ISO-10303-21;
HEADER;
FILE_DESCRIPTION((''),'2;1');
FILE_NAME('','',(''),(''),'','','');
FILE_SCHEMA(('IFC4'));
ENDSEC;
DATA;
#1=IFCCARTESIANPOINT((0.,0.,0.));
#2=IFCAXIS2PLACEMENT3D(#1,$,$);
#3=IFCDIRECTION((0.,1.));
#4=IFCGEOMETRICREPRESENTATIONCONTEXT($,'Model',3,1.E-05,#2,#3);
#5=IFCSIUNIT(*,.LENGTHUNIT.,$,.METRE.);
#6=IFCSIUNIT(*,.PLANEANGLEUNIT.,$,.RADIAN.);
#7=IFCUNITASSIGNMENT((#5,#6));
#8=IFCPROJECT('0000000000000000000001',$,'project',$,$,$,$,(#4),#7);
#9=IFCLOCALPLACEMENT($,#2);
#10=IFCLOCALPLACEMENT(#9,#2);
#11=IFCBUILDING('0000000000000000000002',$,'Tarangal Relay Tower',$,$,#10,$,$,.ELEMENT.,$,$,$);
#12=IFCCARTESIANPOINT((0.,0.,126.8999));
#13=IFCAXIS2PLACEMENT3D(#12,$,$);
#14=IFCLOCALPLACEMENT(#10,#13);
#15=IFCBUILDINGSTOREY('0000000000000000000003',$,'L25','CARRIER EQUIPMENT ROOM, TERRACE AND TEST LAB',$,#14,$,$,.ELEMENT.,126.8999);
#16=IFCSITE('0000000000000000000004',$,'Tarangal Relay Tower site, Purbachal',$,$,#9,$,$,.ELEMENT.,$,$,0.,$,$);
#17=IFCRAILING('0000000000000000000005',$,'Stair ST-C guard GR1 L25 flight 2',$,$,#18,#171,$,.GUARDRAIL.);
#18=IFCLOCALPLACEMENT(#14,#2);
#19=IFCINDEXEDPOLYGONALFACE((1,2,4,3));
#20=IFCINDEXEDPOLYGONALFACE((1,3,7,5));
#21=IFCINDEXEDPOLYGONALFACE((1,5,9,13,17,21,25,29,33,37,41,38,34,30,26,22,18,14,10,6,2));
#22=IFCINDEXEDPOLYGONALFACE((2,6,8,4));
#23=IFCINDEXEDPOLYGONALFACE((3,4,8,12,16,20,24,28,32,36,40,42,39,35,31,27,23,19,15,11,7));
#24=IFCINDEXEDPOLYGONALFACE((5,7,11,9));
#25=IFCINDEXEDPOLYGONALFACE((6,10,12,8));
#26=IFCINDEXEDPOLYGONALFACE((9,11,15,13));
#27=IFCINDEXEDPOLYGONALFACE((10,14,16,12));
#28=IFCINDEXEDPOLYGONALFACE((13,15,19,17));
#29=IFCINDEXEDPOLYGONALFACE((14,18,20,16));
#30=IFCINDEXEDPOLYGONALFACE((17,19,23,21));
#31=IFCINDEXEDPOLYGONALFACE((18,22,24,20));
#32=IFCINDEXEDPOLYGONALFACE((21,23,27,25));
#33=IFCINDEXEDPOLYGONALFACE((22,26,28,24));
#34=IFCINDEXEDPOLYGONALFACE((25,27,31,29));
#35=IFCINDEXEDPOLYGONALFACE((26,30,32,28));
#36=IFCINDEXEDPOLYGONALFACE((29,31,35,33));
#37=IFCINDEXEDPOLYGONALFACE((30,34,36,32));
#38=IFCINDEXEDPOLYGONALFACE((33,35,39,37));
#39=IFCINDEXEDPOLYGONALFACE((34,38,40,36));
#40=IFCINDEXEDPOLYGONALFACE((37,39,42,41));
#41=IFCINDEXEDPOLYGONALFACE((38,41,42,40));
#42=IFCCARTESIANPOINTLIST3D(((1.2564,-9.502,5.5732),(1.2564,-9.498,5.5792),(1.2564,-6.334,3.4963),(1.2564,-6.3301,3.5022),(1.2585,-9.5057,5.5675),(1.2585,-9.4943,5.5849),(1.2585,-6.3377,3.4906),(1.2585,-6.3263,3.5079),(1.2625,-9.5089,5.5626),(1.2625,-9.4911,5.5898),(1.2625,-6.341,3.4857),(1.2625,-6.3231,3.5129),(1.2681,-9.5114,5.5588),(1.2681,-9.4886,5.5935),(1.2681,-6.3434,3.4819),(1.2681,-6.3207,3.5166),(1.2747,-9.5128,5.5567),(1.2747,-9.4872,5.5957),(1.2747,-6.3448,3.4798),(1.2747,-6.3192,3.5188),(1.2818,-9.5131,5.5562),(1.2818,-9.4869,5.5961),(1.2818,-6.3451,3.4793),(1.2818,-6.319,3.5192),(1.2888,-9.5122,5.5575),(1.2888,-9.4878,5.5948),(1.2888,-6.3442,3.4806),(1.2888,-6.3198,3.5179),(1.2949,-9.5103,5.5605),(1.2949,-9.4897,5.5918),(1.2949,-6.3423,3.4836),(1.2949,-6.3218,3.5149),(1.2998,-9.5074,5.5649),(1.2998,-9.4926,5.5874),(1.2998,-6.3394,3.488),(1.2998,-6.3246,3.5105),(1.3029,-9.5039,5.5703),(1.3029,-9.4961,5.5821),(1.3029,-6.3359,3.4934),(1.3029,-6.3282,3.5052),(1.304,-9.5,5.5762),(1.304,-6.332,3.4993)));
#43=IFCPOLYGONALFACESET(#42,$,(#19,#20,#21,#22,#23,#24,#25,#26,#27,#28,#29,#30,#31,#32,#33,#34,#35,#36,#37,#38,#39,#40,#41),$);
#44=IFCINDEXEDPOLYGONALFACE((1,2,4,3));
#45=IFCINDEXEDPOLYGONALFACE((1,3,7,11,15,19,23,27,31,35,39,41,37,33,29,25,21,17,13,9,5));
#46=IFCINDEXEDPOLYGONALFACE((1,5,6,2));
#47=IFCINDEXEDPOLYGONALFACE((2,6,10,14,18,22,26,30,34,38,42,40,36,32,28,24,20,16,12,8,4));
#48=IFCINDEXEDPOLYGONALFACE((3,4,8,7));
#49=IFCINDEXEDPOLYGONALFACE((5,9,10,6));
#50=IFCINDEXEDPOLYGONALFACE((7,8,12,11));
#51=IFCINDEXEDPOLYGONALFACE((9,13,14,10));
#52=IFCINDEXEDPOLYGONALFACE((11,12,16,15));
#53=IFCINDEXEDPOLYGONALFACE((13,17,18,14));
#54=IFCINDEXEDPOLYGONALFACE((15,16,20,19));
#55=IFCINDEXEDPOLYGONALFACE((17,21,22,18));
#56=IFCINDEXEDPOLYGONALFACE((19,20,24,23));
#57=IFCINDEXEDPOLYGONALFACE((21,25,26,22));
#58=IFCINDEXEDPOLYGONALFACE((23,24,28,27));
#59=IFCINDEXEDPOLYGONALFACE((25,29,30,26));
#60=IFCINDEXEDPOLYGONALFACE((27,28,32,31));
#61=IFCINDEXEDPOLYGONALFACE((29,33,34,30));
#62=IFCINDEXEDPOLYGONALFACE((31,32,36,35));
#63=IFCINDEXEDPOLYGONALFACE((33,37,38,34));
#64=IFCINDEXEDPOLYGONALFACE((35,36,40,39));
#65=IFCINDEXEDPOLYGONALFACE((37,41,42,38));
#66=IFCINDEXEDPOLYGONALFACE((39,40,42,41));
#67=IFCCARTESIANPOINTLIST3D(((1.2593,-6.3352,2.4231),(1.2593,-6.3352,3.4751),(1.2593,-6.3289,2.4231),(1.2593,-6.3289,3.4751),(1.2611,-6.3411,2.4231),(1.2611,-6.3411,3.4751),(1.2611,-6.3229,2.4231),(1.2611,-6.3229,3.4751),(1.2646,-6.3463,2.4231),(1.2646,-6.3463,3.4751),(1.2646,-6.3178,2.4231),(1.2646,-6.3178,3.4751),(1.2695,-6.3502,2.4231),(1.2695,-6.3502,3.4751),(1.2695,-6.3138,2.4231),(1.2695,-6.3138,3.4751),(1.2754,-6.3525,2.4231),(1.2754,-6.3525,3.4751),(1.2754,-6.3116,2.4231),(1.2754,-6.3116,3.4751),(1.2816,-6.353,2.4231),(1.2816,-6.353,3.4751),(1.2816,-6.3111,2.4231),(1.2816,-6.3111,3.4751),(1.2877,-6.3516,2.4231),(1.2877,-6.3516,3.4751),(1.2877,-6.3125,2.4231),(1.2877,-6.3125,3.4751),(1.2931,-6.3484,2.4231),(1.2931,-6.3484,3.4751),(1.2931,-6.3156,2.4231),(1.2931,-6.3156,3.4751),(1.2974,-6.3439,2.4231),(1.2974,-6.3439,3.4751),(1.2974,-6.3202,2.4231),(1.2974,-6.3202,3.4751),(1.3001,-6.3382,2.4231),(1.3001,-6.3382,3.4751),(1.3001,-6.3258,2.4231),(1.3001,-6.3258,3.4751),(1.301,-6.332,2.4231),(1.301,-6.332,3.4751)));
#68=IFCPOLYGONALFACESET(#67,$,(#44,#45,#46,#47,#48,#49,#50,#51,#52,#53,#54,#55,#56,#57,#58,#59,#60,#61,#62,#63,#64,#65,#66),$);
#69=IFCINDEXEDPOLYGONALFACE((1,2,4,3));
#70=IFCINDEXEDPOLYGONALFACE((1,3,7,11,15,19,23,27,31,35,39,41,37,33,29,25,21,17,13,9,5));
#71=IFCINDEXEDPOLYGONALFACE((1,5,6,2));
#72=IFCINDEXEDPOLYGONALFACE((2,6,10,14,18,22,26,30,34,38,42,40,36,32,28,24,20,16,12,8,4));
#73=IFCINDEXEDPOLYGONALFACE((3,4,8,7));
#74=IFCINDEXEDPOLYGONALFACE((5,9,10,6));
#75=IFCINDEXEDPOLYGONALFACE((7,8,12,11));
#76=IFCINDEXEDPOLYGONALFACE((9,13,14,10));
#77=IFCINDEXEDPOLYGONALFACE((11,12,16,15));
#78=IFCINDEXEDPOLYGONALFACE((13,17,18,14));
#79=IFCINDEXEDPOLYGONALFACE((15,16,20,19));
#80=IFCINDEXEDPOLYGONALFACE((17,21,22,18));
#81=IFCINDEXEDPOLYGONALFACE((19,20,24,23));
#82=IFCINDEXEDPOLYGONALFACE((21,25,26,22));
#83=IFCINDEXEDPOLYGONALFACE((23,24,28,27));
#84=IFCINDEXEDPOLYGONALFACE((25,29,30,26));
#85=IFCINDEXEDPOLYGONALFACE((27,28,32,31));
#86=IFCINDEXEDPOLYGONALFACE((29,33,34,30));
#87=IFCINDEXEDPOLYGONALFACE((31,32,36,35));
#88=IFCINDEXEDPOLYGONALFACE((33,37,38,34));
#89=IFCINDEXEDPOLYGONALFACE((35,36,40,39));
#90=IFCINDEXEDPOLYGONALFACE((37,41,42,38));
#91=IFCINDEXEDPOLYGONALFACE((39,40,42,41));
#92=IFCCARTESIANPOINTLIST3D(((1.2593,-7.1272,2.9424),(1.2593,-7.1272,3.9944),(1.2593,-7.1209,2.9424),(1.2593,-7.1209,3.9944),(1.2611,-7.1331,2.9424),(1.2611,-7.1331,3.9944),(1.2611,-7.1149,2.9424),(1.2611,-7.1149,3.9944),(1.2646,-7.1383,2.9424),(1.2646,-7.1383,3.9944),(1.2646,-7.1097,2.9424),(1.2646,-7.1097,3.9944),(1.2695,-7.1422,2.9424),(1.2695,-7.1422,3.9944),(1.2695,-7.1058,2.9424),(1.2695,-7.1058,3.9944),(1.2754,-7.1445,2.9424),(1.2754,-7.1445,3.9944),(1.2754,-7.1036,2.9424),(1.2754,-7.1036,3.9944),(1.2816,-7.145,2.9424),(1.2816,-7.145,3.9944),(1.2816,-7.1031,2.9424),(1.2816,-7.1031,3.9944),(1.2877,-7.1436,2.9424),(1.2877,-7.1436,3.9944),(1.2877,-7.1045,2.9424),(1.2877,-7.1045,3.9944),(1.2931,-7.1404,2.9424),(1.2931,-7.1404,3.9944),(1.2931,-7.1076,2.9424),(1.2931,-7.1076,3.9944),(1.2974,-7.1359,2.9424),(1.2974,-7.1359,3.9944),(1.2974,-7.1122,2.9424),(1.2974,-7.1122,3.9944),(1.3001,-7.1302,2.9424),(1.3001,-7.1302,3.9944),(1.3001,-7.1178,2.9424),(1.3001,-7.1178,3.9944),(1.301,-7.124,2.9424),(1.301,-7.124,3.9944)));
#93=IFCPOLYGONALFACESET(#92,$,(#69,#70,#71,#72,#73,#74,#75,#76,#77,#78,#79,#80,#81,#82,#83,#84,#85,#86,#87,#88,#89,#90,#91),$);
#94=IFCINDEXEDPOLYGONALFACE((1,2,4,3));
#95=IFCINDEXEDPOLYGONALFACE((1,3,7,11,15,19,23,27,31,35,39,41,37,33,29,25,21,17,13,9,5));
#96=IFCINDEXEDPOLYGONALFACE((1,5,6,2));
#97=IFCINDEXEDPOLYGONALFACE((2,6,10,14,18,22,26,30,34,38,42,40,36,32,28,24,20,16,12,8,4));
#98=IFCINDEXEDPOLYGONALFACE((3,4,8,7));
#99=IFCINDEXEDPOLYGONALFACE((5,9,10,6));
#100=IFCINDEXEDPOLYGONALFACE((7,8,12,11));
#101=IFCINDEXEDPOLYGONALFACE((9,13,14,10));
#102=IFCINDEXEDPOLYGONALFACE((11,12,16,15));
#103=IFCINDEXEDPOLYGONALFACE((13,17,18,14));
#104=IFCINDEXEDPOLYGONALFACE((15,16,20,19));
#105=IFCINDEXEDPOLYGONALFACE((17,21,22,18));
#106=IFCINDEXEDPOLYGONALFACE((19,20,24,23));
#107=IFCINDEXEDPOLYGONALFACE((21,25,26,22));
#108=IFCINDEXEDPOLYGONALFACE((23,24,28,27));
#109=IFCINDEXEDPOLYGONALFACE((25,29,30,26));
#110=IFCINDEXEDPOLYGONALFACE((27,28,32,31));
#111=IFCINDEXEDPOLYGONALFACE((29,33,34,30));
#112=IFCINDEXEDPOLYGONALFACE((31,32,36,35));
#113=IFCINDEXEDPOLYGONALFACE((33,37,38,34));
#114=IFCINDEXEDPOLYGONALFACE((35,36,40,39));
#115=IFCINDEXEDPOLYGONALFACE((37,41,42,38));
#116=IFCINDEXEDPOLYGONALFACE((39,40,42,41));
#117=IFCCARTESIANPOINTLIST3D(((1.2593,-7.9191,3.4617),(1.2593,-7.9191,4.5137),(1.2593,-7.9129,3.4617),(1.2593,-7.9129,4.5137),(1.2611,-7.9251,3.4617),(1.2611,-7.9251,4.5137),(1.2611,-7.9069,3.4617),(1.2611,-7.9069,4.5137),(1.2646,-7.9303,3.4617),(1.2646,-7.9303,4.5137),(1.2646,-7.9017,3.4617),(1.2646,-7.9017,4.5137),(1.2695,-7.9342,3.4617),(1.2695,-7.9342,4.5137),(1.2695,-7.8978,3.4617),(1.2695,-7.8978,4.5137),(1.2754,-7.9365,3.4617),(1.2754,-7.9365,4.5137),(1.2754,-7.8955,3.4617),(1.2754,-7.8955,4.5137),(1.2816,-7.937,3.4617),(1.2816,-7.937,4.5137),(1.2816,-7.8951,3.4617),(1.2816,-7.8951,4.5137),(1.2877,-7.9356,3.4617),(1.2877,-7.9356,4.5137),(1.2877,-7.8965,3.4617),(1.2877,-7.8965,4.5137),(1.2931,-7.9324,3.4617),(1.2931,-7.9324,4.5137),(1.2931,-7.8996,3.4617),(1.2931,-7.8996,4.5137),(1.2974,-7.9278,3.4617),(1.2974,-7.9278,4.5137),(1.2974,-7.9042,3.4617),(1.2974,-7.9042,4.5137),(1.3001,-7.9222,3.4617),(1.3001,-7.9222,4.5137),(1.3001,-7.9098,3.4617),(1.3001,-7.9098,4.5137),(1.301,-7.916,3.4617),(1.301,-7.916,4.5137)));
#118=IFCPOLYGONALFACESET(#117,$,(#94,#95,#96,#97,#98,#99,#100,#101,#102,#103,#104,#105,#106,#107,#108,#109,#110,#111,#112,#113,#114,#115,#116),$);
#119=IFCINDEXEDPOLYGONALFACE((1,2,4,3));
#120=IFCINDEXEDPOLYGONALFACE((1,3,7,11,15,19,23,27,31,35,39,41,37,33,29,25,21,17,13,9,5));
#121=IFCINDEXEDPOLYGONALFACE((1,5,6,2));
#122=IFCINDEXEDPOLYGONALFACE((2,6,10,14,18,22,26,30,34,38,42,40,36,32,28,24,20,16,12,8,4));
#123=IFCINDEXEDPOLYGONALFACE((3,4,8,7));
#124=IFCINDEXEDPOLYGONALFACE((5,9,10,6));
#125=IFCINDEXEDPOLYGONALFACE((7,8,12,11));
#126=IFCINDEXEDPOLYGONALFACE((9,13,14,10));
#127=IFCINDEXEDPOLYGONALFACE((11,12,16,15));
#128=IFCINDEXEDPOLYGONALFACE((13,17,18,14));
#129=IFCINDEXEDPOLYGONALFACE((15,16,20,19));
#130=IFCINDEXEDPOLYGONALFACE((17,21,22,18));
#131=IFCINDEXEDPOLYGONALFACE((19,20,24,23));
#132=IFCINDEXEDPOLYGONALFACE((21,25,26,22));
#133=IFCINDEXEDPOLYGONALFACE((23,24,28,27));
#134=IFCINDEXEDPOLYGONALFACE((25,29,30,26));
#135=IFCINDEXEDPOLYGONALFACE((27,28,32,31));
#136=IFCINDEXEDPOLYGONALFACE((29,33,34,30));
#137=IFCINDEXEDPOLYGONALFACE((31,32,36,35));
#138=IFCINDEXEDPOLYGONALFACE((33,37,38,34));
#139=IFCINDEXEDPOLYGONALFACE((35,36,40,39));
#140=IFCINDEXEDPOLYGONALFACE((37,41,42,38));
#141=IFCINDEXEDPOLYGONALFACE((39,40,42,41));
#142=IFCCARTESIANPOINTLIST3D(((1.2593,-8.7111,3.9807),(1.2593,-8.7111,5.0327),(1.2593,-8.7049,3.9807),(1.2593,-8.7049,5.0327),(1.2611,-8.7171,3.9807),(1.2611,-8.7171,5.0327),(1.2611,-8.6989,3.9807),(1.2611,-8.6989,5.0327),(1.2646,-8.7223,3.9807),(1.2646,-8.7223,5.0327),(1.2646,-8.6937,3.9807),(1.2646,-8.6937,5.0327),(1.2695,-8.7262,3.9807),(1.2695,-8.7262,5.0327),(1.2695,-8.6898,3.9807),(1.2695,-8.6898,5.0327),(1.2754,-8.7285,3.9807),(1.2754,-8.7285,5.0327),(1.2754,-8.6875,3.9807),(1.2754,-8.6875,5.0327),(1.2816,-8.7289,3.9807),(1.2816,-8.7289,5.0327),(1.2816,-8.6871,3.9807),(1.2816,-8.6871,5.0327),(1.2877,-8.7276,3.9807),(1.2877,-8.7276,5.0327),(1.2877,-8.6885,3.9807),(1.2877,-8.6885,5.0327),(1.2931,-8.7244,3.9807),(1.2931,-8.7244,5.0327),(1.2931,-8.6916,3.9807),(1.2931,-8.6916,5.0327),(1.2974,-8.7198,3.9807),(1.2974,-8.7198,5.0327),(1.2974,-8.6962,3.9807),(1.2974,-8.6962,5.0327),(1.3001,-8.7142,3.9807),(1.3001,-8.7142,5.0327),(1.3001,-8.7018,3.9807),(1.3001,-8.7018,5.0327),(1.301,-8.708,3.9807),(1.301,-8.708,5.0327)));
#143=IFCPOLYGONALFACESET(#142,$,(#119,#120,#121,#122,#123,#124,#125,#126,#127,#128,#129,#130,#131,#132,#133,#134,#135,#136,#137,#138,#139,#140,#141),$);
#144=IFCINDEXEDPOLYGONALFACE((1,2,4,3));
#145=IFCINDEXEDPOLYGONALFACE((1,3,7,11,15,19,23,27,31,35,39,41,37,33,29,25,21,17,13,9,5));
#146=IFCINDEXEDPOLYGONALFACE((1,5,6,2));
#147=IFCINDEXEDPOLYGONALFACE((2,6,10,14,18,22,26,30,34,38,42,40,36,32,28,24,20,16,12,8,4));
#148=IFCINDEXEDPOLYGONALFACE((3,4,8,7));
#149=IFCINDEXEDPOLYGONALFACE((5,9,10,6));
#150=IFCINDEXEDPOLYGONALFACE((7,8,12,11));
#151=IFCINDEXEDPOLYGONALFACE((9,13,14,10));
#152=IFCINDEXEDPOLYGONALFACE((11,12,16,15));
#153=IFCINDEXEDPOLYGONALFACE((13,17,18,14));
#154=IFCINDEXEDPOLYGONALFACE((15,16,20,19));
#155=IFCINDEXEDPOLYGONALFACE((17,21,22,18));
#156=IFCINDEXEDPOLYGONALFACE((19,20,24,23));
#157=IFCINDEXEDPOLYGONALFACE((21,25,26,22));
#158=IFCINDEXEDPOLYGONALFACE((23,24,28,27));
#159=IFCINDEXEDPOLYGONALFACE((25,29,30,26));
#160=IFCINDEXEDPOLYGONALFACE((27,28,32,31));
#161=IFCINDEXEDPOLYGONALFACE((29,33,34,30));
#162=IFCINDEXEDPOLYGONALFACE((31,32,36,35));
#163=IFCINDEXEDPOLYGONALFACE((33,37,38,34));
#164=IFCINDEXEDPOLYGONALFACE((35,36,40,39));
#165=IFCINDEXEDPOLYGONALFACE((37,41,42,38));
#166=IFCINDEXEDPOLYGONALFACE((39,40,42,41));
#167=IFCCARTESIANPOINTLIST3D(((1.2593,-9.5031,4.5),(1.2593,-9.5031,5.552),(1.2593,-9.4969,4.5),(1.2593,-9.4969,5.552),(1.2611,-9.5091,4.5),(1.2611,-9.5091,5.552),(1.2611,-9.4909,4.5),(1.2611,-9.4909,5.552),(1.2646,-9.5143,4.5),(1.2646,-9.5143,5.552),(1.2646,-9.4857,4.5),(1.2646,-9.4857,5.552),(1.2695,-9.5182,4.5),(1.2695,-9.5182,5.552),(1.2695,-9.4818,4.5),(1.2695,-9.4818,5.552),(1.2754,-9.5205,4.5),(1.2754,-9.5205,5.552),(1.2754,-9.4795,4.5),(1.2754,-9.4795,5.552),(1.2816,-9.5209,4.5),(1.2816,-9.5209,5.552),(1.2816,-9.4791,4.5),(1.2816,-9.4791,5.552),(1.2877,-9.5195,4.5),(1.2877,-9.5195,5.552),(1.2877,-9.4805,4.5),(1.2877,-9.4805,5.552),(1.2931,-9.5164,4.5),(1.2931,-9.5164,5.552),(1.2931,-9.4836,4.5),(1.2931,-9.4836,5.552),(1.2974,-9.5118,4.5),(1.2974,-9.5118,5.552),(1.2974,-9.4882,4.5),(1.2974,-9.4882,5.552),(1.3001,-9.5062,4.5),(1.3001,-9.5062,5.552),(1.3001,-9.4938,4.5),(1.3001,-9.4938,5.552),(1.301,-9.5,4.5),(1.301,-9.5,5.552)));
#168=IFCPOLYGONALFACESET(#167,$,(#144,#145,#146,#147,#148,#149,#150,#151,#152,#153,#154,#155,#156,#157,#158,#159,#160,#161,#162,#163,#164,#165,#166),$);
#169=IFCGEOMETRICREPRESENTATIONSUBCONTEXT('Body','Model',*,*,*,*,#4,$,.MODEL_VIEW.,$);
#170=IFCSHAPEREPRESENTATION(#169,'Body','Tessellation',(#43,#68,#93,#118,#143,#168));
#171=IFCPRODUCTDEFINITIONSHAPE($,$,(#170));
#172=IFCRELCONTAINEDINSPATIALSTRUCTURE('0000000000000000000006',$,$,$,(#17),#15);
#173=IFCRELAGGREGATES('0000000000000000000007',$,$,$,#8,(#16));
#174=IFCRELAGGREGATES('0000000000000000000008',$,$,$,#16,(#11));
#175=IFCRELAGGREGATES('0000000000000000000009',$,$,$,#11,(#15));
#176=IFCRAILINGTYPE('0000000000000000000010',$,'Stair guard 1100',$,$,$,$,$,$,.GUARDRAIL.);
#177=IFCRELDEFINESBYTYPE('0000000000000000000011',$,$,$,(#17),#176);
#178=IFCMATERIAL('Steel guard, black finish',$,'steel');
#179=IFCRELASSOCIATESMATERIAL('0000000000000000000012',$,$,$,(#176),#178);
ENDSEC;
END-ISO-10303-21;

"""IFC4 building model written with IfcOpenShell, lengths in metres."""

from ifc_helpers import new_model, si_unit, direction, frame, origin, origin_2d, place, context, subcontext, project, spatial, circle, extrude, material, type_object, element, save


model = new_model("IFC4")

# Units and contexts
model_context = context("Model", 3, precision=1e-05, world=origin(), true_north=direction((0.0, 1.0)))
body_context = subcontext(model_context, "Body", "Model", "MODEL_VIEW")
ifc_project = project(units=[si_unit("LENGTHUNIT", "METRE"), si_unit("PLANEANGLEUNIT", "RADIAN")], contexts=[model_context])

# Site, building, storey
site_placement = place(None, origin())
site = spatial("IfcSite", under=ifc_project, at=site_placement, Name="Tarangal Relay Tower site, Purbachal", CompositionType="ELEMENT", RefElevation=0.0)
building_placement = place(site_placement, origin())
building = spatial("IfcBuilding", under=site, at=building_placement, Name="Tarangal Relay Tower", CompositionType="ELEMENT")
storey_placement = place(building_placement, frame((0.0, 0.0, 126.8999)))
storey = spatial("IfcBuildingStorey", under=building, at=storey_placement, Name="L25", Description="CARRIER EQUIPMENT ROOM, TERRACE AND TEST LAB", CompositionType="ELEMENT", Elevation=126.8999)

# Railing
ifc_material_1 = material(Name="Steel guard, black finish", Category="steel")
railing_type_1 = type_object("IfcRailingType", Name="Stair guard 1100", PredefinedType="GUARDRAIL", material=ifc_material_1)
railing_1_placement = place(storey_placement, frame((1.28, -6.332, 2.4231)))
element("IfcRailing", 1, at=railing_1_placement, inside=storey, type_object=railing_type_1, Name="Stair ST-C guard GR1 L25 flight 2", PredefinedType="GUARDRAIL", context=body_context, shape_type="SweptSolid", body=[
    extrude(circle(Radius=0.0239, at=origin_2d()), frame((0.0, 0.0, 1.0762), z_axis=(0.0, -0.836299, 0.548273), x_axis=(1.0, 0.0, 0.0)), (0.0, 0.0, 1.0), 3.7881),
    extrude(circle(Radius=0.021, at=origin_2d()), origin(), (0.0, 0.0, 1.0), 1.052),
    extrude(circle(Radius=0.021, at=origin_2d()), frame((0.0, -0.792, 0.5193)), (0.0, 0.0, 1.0), 1.052),
    extrude(circle(Radius=0.021, at=origin_2d()), frame((0.0, -1.584, 1.0386)), (0.0, 0.0, 1.0), 1.052),
    extrude(circle(Radius=0.021, at=origin_2d()), frame((0.0, -2.376, 1.5576)), (0.0, 0.0, 1.0), 1.052),
    extrude(circle(Radius=0.021, at=origin_2d()), frame((0.0, -3.168, 2.0769)), (0.0, 0.0, 1.0), 1.052),
])

save(model, "model.ifc")
